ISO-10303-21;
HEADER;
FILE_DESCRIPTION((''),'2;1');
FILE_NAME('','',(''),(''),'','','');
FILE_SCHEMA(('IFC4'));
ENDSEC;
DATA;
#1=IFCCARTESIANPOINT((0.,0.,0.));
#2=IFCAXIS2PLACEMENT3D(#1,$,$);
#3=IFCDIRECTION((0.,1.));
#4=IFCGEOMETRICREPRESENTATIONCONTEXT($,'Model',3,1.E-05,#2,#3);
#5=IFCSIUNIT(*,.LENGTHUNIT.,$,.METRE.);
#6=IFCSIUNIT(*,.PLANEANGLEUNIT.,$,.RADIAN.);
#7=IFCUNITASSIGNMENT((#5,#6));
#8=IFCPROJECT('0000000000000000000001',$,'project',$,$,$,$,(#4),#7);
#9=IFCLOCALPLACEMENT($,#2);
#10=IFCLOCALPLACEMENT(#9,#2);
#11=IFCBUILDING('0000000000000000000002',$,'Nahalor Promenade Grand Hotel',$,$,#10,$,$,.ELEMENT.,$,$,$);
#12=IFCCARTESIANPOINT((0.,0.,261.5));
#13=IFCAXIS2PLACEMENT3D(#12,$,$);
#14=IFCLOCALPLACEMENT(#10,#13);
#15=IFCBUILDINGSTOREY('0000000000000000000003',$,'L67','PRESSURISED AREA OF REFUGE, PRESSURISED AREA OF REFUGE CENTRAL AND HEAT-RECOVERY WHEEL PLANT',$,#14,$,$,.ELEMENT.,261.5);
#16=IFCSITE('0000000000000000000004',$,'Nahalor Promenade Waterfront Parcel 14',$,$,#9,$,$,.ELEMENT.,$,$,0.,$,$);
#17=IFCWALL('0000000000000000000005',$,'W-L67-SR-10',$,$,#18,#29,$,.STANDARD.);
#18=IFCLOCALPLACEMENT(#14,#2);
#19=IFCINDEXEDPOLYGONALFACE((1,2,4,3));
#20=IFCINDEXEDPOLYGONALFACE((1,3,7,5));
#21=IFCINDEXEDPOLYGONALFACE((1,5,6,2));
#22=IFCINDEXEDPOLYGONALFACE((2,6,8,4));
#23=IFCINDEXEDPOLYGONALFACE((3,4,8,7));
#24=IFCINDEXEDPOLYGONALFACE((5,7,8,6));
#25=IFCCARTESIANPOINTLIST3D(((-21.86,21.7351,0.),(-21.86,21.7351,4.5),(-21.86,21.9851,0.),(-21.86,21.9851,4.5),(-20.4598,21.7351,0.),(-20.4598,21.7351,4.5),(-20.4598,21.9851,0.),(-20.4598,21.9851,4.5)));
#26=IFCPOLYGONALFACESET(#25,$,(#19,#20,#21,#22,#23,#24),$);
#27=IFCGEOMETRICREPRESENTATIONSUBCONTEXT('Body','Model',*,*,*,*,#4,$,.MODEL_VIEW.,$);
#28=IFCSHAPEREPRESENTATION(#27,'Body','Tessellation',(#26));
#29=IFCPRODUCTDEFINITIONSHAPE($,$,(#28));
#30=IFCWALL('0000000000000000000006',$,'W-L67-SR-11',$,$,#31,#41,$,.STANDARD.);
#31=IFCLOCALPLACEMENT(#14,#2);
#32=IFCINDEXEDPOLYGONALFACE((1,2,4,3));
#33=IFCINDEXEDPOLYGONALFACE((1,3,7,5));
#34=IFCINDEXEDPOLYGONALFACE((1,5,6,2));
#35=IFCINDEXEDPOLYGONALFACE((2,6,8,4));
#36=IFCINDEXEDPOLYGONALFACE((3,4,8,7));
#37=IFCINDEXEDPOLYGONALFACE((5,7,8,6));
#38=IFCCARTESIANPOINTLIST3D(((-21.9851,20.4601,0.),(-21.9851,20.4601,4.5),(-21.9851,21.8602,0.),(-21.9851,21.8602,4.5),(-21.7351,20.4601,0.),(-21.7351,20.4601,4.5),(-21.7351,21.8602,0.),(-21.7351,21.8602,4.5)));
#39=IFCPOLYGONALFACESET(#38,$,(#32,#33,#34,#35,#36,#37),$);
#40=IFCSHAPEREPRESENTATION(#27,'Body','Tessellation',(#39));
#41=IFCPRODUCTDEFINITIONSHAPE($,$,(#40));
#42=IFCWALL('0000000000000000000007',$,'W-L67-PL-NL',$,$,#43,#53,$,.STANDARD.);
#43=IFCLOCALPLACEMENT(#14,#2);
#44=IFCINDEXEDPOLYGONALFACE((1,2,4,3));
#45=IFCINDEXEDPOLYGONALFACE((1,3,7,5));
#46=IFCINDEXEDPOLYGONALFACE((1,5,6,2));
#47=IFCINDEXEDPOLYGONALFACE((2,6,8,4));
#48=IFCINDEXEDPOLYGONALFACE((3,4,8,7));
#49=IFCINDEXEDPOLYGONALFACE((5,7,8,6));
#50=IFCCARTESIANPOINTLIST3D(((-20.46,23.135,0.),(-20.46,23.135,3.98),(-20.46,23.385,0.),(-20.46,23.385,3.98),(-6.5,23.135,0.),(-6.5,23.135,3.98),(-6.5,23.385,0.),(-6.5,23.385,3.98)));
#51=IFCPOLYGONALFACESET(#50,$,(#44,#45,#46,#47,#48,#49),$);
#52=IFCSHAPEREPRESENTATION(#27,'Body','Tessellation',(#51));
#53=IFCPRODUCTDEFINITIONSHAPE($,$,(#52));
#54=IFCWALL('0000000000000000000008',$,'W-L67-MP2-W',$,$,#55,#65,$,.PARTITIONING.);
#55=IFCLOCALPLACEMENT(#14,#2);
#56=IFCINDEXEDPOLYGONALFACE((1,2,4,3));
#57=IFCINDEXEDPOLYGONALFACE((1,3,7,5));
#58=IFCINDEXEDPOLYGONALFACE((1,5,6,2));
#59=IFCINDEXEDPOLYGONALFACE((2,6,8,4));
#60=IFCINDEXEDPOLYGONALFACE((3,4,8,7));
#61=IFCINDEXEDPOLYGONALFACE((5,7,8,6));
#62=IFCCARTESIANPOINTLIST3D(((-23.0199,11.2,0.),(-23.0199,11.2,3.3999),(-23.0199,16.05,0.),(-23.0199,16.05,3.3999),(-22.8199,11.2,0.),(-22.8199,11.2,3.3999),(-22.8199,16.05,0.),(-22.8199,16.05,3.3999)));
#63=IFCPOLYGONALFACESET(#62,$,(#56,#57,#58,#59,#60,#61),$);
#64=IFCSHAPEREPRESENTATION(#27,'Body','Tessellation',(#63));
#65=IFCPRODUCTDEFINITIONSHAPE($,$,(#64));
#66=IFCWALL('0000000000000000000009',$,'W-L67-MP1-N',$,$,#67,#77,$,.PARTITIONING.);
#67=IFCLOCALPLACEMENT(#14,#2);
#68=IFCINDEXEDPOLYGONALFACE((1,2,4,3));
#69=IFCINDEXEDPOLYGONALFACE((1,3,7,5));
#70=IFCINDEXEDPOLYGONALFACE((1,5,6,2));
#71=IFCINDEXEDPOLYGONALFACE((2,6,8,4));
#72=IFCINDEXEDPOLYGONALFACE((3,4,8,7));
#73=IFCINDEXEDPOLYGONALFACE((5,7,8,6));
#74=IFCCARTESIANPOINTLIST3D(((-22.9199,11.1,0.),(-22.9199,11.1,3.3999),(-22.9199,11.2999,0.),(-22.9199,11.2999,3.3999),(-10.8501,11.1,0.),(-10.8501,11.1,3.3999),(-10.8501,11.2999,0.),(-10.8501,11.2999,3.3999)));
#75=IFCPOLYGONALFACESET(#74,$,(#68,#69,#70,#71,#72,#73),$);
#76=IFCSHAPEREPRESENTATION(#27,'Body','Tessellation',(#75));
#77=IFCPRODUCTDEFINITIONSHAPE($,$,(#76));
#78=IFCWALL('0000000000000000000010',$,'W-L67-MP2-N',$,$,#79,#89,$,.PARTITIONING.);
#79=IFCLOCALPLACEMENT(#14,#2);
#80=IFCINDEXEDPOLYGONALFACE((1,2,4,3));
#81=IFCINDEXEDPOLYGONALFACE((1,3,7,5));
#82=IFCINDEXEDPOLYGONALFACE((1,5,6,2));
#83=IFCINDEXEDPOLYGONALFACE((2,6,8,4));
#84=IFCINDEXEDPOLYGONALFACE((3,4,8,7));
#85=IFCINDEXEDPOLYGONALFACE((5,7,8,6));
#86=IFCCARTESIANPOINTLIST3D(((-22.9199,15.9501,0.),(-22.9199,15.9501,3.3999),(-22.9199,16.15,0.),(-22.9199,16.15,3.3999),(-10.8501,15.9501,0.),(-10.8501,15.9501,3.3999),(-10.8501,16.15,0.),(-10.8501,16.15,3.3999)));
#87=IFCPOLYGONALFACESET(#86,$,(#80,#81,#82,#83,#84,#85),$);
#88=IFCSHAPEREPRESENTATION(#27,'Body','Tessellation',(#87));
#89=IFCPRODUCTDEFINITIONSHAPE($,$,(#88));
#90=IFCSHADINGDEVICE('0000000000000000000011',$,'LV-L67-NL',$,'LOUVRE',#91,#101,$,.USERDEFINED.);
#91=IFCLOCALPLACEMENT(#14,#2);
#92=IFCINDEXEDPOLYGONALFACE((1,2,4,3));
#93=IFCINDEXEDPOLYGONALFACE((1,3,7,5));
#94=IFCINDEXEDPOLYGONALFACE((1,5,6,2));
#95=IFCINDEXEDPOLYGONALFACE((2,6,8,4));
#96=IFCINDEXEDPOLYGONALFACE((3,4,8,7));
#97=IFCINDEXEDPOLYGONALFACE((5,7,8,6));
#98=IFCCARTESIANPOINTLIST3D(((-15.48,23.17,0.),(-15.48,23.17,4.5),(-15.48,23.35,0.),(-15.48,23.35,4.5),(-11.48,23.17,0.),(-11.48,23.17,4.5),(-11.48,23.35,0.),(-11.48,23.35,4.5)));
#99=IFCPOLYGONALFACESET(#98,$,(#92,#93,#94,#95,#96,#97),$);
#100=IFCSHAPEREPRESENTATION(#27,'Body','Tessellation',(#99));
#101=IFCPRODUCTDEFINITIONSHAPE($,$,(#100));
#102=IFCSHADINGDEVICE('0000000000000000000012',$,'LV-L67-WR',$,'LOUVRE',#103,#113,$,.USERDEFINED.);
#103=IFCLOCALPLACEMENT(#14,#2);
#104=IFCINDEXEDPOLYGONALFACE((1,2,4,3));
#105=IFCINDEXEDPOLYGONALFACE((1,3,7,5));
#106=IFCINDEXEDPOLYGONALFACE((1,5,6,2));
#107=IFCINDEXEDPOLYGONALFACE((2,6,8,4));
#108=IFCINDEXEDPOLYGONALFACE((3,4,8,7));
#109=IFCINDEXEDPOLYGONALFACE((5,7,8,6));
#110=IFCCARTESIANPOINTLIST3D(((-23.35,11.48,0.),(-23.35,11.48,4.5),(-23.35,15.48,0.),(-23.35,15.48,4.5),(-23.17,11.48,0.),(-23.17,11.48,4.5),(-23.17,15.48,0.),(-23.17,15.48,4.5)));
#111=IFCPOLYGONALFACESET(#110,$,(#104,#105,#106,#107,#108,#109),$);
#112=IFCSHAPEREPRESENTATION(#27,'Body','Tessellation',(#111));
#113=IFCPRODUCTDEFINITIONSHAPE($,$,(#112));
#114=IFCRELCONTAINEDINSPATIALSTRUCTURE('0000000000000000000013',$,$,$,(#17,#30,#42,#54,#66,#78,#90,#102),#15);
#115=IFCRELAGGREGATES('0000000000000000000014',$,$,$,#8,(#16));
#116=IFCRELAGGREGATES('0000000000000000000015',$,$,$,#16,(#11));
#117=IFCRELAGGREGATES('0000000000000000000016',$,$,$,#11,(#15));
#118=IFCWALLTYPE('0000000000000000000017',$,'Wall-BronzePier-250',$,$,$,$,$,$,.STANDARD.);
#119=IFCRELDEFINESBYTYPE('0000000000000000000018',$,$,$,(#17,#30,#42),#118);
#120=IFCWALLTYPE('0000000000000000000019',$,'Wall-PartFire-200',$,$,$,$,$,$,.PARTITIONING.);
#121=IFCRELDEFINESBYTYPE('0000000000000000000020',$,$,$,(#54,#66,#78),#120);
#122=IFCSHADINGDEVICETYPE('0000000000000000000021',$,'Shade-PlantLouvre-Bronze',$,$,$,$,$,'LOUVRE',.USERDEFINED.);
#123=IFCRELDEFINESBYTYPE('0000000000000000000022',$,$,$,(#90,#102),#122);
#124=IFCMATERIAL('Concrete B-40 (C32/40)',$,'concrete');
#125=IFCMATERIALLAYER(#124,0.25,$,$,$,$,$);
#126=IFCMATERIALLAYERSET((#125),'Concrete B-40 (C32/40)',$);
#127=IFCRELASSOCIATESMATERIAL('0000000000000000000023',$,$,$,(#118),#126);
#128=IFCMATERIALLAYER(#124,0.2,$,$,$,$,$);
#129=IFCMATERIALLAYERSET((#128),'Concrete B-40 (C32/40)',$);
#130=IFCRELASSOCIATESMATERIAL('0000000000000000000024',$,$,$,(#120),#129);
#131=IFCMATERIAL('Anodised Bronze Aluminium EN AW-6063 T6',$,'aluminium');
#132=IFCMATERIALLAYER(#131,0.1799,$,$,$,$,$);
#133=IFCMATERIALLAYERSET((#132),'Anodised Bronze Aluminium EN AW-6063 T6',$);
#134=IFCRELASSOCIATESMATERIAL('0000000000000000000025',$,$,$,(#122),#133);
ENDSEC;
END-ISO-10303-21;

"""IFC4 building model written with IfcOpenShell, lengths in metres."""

from ifc_helpers import new_model, si_unit, direction, frame, frame_2d, origin, origin_2d, place, context, subcontext, project, spatial, rectangle, extrude, source, transform, mapped, material, layer, layer_set, type_object, element, save


model = new_model("IFC4")

# Units and contexts
model_context = context("Model", 3, precision=1e-05, world=origin(), true_north=direction((0.0, 1.0)))
body_context = subcontext(model_context, "Body", "Model", "MODEL_VIEW")
ifc_project = project(units=[si_unit("LENGTHUNIT", "METRE"), si_unit("PLANEANGLEUNIT", "RADIAN")], contexts=[model_context])

# Site, building, storey
site_placement = place(None, origin())
site = spatial("IfcSite", under=ifc_project, at=site_placement, Name="Nahalor Promenade Waterfront Parcel 14", CompositionType="ELEMENT", RefElevation=0.0)
building_placement = place(site_placement, origin())
building = spatial("IfcBuilding", under=site, at=building_placement, Name="Nahalor Promenade Grand Hotel", CompositionType="ELEMENT")
storey_placement = place(building_placement, frame((0.0, 0.0, 261.5)))
storey = spatial("IfcBuildingStorey", under=building, at=storey_placement, Name="L67", Description="PRESSURISED AREA OF REFUGE, PRESSURISED AREA OF REFUGE CENTRAL AND HEAT-RECOVERY WHEEL PLANT", CompositionType="ELEMENT", Elevation=261.5)

# Walls
ifc_material_1 = material(Name="Concrete B-40 (C32/40)", Category="concrete")
ifc_layer_1 = layer(ifc_material_1, 0.25)
ifc_layer_set_1 = layer_set([ifc_layer_1], Name="Concrete B-40 (C32/40)")
wall_type_1 = type_object("IfcWallType", Name="Wall-BronzePier-250", PredefinedType="STANDARD", material=ifc_layer_set_1)
shared_shape_1 = source(origin(), body_context, "Body", "SweptSolid", [
    extrude(rectangle(XDim=1.4001, YDim=0.25, at=frame_2d((0.7002, 0.0))), origin(), (0.0, 0.0, 1.0), 4.5),
])
for number, where, z_axis, x_axis, name in (
    (1, (-21.8601, 21.8601, 0.0), (0.0, 0.0, 1.0), (1.0, 0.0, 0.0), "W-L67-SR-10"),
    (2, (-21.8601, 20.46, 0.0), (0.0, 0.0, 1.0), (0.0, 1.0, 0.0), "W-L67-SR-11"),
):
    element("IfcWall", number, at=place(storey_placement, frame(where, z_axis=z_axis, x_axis=x_axis)), inside=storey, type_object=wall_type_1, Name=name, PredefinedType="STANDARD", context=body_context, shape_type="MappedRepresentation", body=[
        mapped(shared_shape_1, transform((0.0, 0.0, 0.0), scale=1.0)),
    ])
shared_shape_2 = source(origin(), body_context, "Body", "SweptSolid", [
    extrude(rectangle(XDim=13.96, YDim=0.25, at=frame_2d((6.98, 0.0))), origin(), (0.0, 0.0, 1.0), 3.98),
])
wall_1_placement = place(storey_placement, frame((-20.46, 23.26, 0.0), z_axis=(0.0, 0.0, 1.0), x_axis=(1.0, 0.0, 0.0)))
element("IfcWall", 3, at=wall_1_placement, inside=storey, type_object=wall_type_1, Name="W-L67-PL-NL", PredefinedType="STANDARD", context=body_context, shape_type="MappedRepresentation", body=[
    mapped(shared_shape_2, transform((0.0, 0.0, 0.0), scale=1.0)),
])
ifc_layer_2 = layer(ifc_material_1, 0.2)
ifc_layer_set_2 = layer_set([ifc_layer_2], Name="Concrete B-40 (C32/40)")
wall_type_2 = type_object("IfcWallType", Name="Wall-PartFire-200", PredefinedType="PARTITIONING", material=ifc_layer_set_2)
shared_shape_3 = source(origin(), body_context, "Body", "SweptSolid", [
    extrude(rectangle(XDim=4.8501, YDim=0.2, at=frame_2d((2.425, 0.0))), origin(), (0.0, 0.0, 1.0), 3.3999),
])
wall_2_placement = place(storey_placement, frame((-22.9199, 11.2, 0.0), z_axis=(0.0, 0.0, 1.0), x_axis=(0.0, 1.0, 0.0)))
element("IfcWall", 4, at=wall_2_placement, inside=storey, type_object=wall_type_2, Name="W-L67-MP2-W", PredefinedType="PARTITIONING", context=body_context, shape_type="MappedRepresentation", body=[
    mapped(shared_shape_3, transform((0.0, 0.0, 0.0), scale=1.0)),
])
shared_shape_4 = source(origin(), body_context, "Body", "SweptSolid", [
    extrude(rectangle(XDim=12.0698, YDim=0.2, at=frame_2d((6.0349, 0.0))), origin(), (0.0, 0.0, 1.0), 3.3999),
])
for number, where, z_axis, x_axis, name in (
    (5, (-22.9199, 11.2, 0.0), (0.0, 0.0, 1.0), (1.0, 0.0, 0.0), "W-L67-MP1-N"),
    (6, (-22.9199, 16.05, 0.0), (0.0, 0.0, 1.0), (1.0, 0.0, 0.0), "W-L67-MP2-N"),
):
    element("IfcWall", number, at=place(storey_placement, frame(where, z_axis=z_axis, x_axis=x_axis)), inside=storey, type_object=wall_type_2, Name=name, PredefinedType="PARTITIONING", context=body_context, shape_type="MappedRepresentation", body=[
        mapped(shared_shape_4, transform((0.0, 0.0, 0.0), scale=1.0)),
    ])

# Shading devices
ifc_material_2 = material(Name="Anodised Bronze Aluminium EN AW-6063 T6", Category="aluminium")
ifc_layer_3 = layer(ifc_material_2, 0.1799)
ifc_layer_set_3 = layer_set([ifc_layer_3], Name="Anodised Bronze Aluminium EN AW-6063 T6")
shading_device_type = type_object("IfcShadingDeviceType", Name="Shade-PlantLouvre-Bronze", ElementType="LOUVRE", PredefinedType="USERDEFINED", material=ifc_layer_set_3)
shared_shape_5 = source(origin(), body_context, "Body", "SweptSolid", [
    extrude(rectangle(XDim=4.0, YDim=0.1799, at=origin_2d()), origin(), (0.0, 0.0, 1.0), 4.5),
])
for number, where, z_axis, x_axis, name in (
    (7, (-13.48, 23.26, 0.0), (0.0, 0.0, 1.0), (1.0, 0.0, 0.0), "LV-L67-NL"),
    (8, (-23.26, 13.48, 0.0), (0.0, 0.0, 1.0), (0.0, 1.0, 0.0), "LV-L67-WR"),
):
    element("IfcShadingDevice", number, at=place(storey_placement, frame(where, z_axis=z_axis, x_axis=x_axis)), inside=storey, type_object=shading_device_type, Name=name, ObjectType="LOUVRE", PredefinedType="USERDEFINED", context=body_context, shape_type="MappedRepresentation", body=[
        mapped(shared_shape_5, transform((0.0, 0.0, 0.0), scale=1.0)),
    ])

save(model, "model.ifc")
